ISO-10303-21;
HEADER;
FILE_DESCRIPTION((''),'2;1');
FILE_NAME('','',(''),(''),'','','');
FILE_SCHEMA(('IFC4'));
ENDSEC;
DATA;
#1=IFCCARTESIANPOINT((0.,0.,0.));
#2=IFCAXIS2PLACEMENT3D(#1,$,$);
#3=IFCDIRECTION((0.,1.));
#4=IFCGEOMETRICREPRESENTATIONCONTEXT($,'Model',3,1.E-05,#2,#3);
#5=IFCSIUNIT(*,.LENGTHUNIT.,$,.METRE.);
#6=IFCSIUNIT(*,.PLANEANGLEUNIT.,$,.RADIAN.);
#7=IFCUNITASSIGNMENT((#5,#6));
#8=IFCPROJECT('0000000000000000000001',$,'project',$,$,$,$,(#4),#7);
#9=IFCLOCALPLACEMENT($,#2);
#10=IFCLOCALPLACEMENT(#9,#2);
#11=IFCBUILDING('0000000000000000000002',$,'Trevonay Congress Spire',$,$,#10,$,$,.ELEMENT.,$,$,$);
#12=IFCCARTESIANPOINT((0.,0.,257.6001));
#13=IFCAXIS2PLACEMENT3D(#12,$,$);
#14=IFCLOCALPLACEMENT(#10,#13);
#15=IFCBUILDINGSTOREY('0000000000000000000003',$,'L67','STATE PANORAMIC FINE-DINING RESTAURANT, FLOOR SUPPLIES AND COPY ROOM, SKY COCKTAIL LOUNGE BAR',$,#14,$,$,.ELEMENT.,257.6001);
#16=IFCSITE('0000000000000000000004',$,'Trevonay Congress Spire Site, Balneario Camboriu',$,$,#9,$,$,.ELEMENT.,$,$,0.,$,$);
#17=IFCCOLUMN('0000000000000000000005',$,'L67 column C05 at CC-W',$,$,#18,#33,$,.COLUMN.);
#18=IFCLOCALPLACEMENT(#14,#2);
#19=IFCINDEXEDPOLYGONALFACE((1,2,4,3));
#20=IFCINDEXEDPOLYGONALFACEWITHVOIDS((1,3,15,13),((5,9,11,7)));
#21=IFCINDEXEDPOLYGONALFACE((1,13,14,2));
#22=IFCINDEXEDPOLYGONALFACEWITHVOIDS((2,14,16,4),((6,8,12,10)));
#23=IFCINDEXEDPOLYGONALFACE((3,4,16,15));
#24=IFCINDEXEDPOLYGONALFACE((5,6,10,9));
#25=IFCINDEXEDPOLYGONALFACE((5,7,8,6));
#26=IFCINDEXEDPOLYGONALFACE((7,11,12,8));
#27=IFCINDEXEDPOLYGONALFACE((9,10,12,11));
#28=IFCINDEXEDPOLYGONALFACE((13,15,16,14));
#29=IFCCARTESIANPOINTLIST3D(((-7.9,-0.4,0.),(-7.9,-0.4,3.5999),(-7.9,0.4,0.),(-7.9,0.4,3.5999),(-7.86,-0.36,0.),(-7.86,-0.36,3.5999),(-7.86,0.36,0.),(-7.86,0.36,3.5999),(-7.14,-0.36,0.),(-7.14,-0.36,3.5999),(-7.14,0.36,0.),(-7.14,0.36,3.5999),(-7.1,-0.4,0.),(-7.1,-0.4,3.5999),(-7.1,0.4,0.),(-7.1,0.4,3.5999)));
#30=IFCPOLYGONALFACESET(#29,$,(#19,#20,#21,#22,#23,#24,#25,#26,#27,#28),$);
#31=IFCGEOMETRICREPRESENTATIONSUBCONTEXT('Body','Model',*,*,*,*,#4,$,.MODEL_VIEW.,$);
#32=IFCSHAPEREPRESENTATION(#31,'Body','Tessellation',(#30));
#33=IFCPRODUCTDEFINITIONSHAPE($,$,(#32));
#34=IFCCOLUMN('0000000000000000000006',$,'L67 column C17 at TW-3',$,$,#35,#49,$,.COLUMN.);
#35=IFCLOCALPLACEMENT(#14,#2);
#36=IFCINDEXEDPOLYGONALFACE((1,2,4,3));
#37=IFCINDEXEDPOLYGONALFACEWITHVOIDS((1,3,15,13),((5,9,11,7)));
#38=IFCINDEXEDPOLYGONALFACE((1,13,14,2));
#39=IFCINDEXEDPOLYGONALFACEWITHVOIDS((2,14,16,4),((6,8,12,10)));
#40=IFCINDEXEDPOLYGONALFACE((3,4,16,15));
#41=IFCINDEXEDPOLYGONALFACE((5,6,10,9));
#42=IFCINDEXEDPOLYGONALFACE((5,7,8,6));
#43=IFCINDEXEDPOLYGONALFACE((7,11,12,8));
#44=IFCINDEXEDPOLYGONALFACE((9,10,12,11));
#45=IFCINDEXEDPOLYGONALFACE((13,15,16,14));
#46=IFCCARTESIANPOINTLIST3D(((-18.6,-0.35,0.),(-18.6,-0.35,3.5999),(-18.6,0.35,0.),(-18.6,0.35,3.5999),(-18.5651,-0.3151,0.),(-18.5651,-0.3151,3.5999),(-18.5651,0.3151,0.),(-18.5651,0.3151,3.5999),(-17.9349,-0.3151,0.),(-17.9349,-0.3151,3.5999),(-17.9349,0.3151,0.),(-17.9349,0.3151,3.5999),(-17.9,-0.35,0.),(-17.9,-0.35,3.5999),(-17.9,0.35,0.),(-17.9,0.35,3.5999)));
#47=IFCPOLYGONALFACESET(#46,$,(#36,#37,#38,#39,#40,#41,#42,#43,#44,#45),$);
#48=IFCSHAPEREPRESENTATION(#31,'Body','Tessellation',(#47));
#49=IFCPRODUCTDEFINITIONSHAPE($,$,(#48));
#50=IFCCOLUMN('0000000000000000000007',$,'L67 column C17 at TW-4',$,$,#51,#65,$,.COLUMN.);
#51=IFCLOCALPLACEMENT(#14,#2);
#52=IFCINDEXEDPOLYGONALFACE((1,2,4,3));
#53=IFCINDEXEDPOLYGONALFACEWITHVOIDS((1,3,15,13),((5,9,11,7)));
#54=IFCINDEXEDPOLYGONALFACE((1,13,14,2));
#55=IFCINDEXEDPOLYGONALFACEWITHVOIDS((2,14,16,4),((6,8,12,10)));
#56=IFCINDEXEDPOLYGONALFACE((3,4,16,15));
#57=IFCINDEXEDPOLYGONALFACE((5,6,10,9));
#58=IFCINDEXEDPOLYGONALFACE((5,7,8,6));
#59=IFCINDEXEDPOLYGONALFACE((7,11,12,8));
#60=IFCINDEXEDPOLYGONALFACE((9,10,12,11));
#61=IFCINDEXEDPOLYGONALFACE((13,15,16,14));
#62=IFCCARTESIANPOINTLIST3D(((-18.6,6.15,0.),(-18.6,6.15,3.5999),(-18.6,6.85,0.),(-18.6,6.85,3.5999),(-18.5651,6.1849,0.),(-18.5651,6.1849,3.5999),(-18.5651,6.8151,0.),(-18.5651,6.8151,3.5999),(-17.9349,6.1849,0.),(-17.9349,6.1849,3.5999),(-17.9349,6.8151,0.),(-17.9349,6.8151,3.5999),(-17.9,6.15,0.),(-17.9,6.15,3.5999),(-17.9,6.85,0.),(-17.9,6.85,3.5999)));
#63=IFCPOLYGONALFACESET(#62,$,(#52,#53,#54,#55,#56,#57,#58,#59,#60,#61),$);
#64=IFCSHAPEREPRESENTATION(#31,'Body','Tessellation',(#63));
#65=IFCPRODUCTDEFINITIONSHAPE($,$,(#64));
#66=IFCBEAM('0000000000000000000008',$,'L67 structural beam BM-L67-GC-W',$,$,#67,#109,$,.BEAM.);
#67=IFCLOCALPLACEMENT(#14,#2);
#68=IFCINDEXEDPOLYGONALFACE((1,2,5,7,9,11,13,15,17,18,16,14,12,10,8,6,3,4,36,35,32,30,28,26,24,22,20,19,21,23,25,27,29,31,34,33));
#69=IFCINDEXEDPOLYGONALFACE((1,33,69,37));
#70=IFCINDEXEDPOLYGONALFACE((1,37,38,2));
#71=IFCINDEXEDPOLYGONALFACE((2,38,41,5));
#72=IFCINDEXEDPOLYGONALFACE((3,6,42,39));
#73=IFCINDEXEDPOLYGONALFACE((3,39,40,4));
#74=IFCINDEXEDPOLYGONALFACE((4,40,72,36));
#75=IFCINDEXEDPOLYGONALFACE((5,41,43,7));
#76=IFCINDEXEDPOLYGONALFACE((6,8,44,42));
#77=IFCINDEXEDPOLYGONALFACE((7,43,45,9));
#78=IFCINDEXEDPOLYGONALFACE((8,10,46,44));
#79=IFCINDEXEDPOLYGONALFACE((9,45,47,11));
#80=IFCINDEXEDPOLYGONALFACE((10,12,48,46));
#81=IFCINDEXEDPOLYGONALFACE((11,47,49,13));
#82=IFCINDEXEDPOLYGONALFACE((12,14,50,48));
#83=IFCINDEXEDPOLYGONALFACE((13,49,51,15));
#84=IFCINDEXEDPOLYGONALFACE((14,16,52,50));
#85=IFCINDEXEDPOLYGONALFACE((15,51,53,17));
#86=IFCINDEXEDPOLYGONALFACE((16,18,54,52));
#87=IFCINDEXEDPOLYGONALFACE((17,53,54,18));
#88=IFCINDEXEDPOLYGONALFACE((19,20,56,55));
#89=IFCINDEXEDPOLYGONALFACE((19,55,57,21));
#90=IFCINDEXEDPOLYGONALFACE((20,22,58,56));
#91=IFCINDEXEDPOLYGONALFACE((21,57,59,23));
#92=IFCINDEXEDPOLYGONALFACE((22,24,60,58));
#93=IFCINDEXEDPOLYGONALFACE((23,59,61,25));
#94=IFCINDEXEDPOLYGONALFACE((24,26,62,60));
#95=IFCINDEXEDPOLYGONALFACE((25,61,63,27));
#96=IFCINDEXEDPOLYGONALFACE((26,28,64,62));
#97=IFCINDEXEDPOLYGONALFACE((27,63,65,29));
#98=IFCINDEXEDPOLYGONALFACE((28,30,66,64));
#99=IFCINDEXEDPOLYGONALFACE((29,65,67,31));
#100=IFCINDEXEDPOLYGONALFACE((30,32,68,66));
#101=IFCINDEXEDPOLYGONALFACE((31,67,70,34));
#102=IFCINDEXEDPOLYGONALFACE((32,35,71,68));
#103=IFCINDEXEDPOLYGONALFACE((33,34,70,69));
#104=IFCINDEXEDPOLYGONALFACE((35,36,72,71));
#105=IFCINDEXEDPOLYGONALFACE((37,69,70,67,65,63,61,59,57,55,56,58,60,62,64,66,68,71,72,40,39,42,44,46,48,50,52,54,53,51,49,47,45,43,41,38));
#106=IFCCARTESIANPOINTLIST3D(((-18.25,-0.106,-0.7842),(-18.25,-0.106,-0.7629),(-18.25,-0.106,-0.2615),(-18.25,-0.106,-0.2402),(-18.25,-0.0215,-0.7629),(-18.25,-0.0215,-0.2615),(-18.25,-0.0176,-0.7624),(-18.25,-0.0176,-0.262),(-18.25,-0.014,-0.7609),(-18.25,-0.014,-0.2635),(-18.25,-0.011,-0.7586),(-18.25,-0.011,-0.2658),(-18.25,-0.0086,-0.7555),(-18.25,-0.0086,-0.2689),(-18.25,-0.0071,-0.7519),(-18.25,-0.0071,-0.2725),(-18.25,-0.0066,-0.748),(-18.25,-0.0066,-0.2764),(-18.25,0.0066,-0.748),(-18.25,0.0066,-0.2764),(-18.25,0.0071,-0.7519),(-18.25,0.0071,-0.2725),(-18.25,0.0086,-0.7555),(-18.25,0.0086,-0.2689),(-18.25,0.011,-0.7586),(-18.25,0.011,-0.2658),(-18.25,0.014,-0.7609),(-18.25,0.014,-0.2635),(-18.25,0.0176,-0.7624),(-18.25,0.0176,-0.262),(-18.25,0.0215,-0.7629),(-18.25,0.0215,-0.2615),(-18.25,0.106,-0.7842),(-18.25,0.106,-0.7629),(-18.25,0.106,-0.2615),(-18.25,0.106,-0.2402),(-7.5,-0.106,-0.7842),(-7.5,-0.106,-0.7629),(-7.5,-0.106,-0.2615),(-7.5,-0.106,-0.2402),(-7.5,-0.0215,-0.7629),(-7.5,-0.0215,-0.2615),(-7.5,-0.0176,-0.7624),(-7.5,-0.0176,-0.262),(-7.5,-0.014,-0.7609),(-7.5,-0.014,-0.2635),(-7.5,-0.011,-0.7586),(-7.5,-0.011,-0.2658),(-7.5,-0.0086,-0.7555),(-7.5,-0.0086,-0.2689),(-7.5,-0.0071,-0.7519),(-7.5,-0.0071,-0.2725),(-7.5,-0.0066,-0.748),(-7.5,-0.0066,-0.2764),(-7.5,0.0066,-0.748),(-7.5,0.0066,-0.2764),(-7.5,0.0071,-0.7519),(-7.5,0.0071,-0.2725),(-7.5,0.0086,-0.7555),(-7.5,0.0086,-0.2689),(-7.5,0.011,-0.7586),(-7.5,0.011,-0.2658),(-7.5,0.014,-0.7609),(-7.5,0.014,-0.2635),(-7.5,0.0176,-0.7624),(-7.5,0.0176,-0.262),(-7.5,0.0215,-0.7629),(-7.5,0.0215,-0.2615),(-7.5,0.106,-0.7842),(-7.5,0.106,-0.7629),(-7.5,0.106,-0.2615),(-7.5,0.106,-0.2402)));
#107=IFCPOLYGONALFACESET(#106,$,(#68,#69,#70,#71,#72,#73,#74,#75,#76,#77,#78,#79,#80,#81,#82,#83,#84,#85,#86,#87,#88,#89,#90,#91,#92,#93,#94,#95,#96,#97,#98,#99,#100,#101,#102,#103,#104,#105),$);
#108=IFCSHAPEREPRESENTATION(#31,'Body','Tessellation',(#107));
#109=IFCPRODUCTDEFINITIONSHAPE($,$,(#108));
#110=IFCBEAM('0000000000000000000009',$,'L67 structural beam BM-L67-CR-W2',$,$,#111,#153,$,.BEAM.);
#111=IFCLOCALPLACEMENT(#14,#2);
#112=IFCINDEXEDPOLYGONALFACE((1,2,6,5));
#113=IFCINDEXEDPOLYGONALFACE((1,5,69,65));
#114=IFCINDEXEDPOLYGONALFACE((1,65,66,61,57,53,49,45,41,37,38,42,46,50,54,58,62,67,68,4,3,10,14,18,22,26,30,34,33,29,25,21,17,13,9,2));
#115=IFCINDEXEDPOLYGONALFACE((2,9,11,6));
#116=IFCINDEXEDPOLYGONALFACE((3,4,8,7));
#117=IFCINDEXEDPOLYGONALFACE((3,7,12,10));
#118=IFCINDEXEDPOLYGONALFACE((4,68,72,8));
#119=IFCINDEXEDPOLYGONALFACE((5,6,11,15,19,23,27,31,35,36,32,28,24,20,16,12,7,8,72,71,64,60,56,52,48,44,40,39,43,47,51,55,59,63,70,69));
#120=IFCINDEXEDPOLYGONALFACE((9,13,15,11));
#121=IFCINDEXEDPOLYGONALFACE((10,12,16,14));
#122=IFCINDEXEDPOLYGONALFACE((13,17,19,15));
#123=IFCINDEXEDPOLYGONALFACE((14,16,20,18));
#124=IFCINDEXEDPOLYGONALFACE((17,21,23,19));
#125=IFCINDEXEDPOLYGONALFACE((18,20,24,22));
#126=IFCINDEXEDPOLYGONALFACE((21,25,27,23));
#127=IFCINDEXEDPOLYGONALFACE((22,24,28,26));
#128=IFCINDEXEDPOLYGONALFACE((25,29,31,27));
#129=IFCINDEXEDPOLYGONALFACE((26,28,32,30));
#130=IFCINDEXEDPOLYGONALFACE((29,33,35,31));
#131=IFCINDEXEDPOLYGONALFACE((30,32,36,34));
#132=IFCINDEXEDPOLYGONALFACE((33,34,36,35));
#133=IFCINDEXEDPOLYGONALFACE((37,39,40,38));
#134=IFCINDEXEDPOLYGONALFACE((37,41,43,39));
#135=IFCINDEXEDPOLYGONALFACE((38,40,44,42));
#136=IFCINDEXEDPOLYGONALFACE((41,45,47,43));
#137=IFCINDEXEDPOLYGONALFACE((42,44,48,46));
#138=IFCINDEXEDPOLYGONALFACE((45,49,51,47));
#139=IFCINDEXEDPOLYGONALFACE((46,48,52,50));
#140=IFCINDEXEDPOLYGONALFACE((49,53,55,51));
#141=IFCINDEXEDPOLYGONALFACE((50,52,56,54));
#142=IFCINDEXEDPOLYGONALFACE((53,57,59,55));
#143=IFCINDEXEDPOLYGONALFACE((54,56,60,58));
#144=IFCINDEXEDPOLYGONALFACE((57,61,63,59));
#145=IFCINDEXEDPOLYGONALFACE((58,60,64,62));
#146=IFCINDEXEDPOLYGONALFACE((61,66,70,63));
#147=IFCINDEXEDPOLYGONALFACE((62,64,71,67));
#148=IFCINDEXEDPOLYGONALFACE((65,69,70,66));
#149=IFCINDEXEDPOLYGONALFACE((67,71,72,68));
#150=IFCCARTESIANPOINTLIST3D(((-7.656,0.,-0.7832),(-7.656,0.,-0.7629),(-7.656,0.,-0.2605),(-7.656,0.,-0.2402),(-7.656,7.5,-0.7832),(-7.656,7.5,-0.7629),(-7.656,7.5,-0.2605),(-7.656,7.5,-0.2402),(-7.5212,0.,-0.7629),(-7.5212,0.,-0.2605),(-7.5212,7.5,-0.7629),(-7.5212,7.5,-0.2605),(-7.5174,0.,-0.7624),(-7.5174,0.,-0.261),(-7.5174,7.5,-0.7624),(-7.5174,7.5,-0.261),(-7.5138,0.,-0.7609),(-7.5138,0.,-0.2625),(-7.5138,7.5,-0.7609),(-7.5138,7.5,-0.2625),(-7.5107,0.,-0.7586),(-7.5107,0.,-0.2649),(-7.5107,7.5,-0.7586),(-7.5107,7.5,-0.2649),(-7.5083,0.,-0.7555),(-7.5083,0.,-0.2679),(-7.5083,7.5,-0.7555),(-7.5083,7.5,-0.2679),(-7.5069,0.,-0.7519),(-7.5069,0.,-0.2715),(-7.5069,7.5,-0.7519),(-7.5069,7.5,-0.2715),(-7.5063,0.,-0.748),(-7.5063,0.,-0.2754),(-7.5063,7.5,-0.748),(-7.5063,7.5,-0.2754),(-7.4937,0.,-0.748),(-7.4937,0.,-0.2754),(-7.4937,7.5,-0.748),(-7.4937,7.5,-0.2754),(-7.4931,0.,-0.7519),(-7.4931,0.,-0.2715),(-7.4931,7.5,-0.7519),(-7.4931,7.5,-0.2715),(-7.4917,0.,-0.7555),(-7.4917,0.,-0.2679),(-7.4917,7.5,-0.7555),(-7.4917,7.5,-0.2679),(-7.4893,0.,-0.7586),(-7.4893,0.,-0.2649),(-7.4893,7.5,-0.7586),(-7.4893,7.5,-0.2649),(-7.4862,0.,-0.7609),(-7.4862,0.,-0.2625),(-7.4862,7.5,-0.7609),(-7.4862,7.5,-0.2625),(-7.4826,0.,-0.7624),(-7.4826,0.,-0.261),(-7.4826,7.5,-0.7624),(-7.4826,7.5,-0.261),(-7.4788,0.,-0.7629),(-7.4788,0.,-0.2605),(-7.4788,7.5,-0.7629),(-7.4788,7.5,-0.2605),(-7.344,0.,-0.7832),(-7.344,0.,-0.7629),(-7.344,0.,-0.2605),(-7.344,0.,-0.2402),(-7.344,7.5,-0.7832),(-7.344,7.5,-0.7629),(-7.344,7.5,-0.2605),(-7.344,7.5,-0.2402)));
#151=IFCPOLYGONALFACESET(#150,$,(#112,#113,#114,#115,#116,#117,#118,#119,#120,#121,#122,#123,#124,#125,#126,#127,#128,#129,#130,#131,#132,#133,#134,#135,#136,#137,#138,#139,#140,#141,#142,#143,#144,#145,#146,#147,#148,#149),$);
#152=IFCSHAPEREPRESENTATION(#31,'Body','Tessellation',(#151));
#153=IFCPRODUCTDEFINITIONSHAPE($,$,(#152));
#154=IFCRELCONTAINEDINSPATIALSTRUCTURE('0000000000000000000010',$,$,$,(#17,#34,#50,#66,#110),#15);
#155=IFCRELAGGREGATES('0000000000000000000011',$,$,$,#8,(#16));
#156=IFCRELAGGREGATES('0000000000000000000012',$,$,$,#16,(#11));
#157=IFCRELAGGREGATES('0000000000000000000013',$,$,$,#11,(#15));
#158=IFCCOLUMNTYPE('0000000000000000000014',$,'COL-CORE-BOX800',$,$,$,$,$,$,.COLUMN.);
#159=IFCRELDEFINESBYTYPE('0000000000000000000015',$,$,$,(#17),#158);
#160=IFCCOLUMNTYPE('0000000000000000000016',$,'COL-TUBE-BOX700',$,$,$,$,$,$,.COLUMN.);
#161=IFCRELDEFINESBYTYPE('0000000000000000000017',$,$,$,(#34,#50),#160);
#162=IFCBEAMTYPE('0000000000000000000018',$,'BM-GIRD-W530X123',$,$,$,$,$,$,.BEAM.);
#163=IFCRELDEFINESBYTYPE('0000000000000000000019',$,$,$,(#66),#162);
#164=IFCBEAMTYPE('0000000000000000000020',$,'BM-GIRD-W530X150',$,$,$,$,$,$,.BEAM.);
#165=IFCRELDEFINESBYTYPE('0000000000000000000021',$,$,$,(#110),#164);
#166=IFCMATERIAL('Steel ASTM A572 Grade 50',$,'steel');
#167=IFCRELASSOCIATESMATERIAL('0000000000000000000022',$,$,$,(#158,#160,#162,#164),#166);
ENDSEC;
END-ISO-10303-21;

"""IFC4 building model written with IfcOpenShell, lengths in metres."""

from ifc_helpers import new_model, si_unit, direction, frame, origin, origin_2d, place, context, subcontext, project, spatial, hollow_rectangle, i_section, extrude, material, material_profile, profile_set, type_object, element, save


model = new_model("IFC4")

# Units and contexts
model_context = context("Model", 3, precision=1e-05, world=origin(), true_north=direction((0.0, 1.0)))
body_context = subcontext(model_context, "Body", "Model", "MODEL_VIEW")
ifc_project = project(units=[si_unit("LENGTHUNIT", "METRE"), si_unit("PLANEANGLEUNIT", "RADIAN")], contexts=[model_context])

# Site, building, storey
site_placement = place(None, origin())
site = spatial("IfcSite", under=ifc_project, at=site_placement, Name="Trevonay Congress Spire Site, Balneario Camboriu", CompositionType="ELEMENT", RefElevation=0.0)
building_placement = place(site_placement, origin())
building = spatial("IfcBuilding", under=site, at=building_placement, Name="Trevonay Congress Spire", CompositionType="ELEMENT")
storey_placement = place(building_placement, frame((0.0, 0.0, 257.6001)))
storey = spatial("IfcBuildingStorey", under=building, at=storey_placement, Name="L67", Description="STATE PANORAMIC FINE-DINING RESTAURANT, FLOOR SUPPLIES AND COPY ROOM, SKY COCKTAIL LOUNGE BAR", CompositionType="ELEMENT", Elevation=257.6001)

# Columns
ifc_material_1 = material(Name="Steel ASTM A572 Grade 50", Category="steel")
ifc_material_profile_1 = material_profile(ifc_material_1, hollow_rectangle(XDim=0.8, YDim=0.8, WallThickness=0.04, at=origin_2d()), Name="BOX 800x800x40")
ifc_profile_set_1 = profile_set([ifc_material_profile_1], Name="Steel ASTM A572 Grade 50")
column_type_1 = type_object("IfcColumnType", Name="COL-CORE-BOX800", PredefinedType="COLUMN", material=ifc_profile_set_1)
column_placement = place(storey_placement, frame((-7.5, 0.0, 0.0), z_axis=(0.0, 0.0, 1.0), x_axis=(1.0, 0.0, 0.0)))
element("IfcColumn", 1, at=column_placement, inside=storey, type_object=column_type_1, Name="L67 column C05 at CC-W", PredefinedType="COLUMN", context=body_context, shape_type="SweptSolid", body=[
    extrude(hollow_rectangle(XDim=0.8, YDim=0.8, WallThickness=0.04, at=origin_2d()), origin(), (0.0, 0.0, 1.0), 3.5999),
])
ifc_material_profile_2 = material_profile(ifc_material_1, hollow_rectangle(XDim=0.7, YDim=0.7, WallThickness=0.0349, at=origin_2d()), Name="BOX 700x700x35")
ifc_profile_set_2 = profile_set([ifc_material_profile_2], Name="Steel ASTM A572 Grade 50")
column_type_2 = type_object("IfcColumnType", Name="COL-TUBE-BOX700", PredefinedType="COLUMN", material=ifc_profile_set_2)
for number, where, z_axis, x_axis, name in (
    (2, (-18.25, 0.0, 0.0), (0.0, 0.0, 1.0), (1.0, 0.0, 0.0), "L67 column C17 at TW-3"),
    (3, (-18.25, 6.5, 0.0), (0.0, 0.0, 1.0), (1.0, 0.0, 0.0), "L67 column C17 at TW-4"),
):
    element("IfcColumn", number, at=place(storey_placement, frame(where, z_axis=z_axis, x_axis=x_axis)), inside=storey, type_object=column_type_2, Name=name, PredefinedType="COLUMN", context=body_context, shape_type="SweptSolid", body=[
        extrude(hollow_rectangle(XDim=0.7, YDim=0.7, WallThickness=0.0349, at=origin_2d()), origin(), (0.0, 0.0, 1.0), 3.5999),
    ])

# Beams
ifc_material_profile_3 = material_profile(ifc_material_1, i_section(OverallWidth=0.2119, OverallDepth=0.5439, WebThickness=0.0132, FlangeThickness=0.0212, FilletRadius=0.0149, at=origin_2d()), Name="W530x123")
ifc_profile_set_3 = profile_set([ifc_material_profile_3], Name="Steel ASTM A572 Grade 50")
beam_type_1 = type_object("IfcBeamType", Name="BM-GIRD-W530X123", PredefinedType="BEAM", material=ifc_profile_set_3)
beam_1_placement = place(storey_placement, frame((-7.5, 0.0, -0.5122), z_axis=(-1.0, 0.0, 0.0), x_axis=(0.0, -1.0, 0.0)))
element("IfcBeam", 4, at=beam_1_placement, inside=storey, type_object=beam_type_1, Name="L67 structural beam BM-L67-GC-W", PredefinedType="BEAM", context=body_context, shape_type="SweptSolid", body=[
    extrude(i_section(OverallWidth=0.2119, OverallDepth=0.5439, WebThickness=0.0132, FlangeThickness=0.0212, FilletRadius=0.0149, at=origin_2d()), origin(), (0.0, 0.0, 1.0), 10.75),
])
ifc_material_profile_4 = material_profile(ifc_material_1, i_section(OverallWidth=0.312, OverallDepth=0.543, WebThickness=0.0127, FlangeThickness=0.0203, FilletRadius=0.0149, at=origin_2d()), Name="W530x150")
ifc_profile_set_4 = profile_set([ifc_material_profile_4], Name="Steel ASTM A572 Grade 50")
beam_type_2 = type_object("IfcBeamType", Name="BM-GIRD-W530X150", PredefinedType="BEAM", material=ifc_profile_set_4)
beam_2_placement = place(storey_placement, frame((-7.5, 0.0, -0.5117), z_axis=(0.0, 1.0, 0.0), x_axis=(-1.0, 0.0, 0.0)))
element("IfcBeam", 5, at=beam_2_placement, inside=storey, type_object=beam_type_2, Name="L67 structural beam BM-L67-CR-W2", PredefinedType="BEAM", context=body_context, shape_type="SweptSolid", body=[
    extrude(i_section(OverallWidth=0.312, OverallDepth=0.543, WebThickness=0.0127, FlangeThickness=0.0203, FilletRadius=0.0149, at=origin_2d()), origin(), (0.0, 0.0, 1.0), 7.5),
])

save(model, "model.ifc")
